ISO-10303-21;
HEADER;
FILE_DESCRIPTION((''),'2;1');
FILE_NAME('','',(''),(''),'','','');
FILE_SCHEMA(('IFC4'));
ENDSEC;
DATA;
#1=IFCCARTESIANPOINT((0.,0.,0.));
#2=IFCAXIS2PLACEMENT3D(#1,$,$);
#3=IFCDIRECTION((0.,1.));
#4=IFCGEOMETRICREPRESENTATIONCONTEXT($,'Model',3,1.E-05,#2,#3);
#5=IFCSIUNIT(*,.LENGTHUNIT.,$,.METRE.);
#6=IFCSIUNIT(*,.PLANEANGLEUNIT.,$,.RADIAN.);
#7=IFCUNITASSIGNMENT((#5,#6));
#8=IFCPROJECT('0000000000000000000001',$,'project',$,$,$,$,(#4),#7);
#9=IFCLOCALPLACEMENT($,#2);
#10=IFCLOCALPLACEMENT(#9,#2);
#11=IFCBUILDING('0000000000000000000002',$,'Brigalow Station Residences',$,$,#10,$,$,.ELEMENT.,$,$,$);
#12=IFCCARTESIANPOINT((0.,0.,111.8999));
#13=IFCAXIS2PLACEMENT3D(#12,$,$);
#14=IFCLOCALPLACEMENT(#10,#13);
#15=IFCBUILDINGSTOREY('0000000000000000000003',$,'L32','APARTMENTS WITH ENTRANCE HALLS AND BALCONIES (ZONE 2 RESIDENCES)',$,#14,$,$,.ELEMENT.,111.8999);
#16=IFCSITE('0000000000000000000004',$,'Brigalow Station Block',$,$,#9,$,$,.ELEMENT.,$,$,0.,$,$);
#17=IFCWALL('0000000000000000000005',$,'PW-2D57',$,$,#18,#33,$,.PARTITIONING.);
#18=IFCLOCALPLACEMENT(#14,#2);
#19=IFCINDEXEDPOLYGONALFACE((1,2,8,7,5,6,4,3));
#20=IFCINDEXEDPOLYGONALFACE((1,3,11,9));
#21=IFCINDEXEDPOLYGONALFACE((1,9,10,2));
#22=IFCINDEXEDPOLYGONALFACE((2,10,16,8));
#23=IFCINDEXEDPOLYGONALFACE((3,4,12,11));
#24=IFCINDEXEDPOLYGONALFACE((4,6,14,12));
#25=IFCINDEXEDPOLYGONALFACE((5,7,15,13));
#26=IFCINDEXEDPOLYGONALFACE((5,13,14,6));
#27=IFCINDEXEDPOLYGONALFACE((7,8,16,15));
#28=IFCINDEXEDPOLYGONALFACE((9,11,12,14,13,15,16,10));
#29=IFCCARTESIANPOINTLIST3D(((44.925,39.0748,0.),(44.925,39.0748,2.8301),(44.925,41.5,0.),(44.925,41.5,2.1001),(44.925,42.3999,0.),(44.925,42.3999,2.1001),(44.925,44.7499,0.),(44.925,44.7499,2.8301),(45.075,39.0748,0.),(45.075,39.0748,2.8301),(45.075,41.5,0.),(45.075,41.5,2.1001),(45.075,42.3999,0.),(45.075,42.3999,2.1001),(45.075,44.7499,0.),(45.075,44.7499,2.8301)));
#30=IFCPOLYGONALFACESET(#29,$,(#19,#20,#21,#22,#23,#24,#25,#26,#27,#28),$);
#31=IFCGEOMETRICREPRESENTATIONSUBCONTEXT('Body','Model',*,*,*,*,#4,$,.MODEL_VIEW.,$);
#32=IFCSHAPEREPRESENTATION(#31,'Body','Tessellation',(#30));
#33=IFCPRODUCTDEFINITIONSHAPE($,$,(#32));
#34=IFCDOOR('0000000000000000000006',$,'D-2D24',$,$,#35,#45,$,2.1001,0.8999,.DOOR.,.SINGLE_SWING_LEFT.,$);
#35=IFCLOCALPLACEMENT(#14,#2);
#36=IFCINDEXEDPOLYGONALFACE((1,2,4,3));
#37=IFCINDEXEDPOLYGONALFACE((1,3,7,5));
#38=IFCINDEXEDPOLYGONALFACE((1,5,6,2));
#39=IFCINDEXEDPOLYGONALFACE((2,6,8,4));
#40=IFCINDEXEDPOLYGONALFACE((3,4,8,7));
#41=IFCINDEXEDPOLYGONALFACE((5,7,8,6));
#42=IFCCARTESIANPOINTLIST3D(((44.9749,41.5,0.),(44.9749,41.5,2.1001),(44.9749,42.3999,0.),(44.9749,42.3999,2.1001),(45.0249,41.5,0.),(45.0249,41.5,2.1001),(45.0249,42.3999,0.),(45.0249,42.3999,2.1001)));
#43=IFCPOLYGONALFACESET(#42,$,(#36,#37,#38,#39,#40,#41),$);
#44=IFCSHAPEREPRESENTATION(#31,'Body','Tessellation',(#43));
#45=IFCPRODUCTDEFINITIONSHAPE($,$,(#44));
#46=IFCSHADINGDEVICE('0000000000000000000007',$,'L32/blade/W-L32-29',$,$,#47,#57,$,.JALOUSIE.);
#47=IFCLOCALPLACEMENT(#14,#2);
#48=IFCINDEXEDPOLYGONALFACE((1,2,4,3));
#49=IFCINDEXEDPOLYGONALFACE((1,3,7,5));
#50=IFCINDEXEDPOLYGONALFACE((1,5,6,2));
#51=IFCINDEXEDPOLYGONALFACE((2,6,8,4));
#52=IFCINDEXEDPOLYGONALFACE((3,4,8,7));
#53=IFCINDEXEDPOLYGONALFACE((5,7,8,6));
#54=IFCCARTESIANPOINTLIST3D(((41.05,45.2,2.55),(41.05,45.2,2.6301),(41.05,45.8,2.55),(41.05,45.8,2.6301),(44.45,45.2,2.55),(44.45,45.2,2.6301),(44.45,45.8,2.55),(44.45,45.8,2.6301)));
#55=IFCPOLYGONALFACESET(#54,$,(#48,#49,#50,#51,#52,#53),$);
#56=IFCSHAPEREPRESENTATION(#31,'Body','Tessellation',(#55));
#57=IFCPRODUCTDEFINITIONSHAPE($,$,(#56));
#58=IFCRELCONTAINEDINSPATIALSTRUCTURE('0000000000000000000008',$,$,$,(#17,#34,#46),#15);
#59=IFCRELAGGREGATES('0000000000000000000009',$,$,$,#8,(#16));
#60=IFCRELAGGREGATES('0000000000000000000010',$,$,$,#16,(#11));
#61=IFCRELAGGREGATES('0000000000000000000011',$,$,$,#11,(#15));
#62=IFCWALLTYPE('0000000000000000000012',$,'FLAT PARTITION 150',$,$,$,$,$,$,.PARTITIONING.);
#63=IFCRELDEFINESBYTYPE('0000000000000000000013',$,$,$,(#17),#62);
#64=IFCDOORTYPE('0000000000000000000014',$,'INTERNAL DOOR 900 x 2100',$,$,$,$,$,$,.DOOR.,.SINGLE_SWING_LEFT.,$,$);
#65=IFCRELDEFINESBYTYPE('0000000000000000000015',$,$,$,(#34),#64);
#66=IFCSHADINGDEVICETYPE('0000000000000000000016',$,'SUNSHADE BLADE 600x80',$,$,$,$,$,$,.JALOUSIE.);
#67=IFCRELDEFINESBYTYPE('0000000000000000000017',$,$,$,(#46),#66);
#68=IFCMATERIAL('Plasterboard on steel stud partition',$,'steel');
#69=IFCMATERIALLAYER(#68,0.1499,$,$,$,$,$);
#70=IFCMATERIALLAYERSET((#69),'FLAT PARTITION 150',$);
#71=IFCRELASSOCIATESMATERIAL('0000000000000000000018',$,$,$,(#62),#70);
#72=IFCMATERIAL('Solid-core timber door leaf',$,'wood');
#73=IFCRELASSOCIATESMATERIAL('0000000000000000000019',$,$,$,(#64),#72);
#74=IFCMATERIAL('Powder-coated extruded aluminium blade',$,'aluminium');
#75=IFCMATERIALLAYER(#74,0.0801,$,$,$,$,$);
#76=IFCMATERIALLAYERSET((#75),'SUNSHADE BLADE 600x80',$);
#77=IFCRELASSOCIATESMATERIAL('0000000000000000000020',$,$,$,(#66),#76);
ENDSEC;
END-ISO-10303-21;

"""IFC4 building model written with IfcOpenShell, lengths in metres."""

from ifc_helpers import new_model, si_unit, direction, frame, frame_2d, origin, origin_2d, place, context, subcontext, project, spatial, rectangle, extrude, material, layer, layer_set, type_object, element, fill, save


model = new_model("IFC4")

# Units and contexts
model_context = context("Model", 3, precision=1e-05, world=origin(), true_north=direction((0.0, 1.0)))
body_context = subcontext(model_context, "Body", "Model", "MODEL_VIEW")
ifc_project = project(units=[si_unit("LENGTHUNIT", "METRE"), si_unit("PLANEANGLEUNIT", "RADIAN")], contexts=[model_context])

# Site, building, storey
site_placement = place(None, origin())
site = spatial("IfcSite", under=ifc_project, at=site_placement, Name="Brigalow Station Block", CompositionType="ELEMENT", RefElevation=0.0)
building_placement = place(site_placement, origin())
building = spatial("IfcBuilding", under=site, at=building_placement, Name="Brigalow Station Residences", CompositionType="ELEMENT")
storey_placement = place(building_placement, frame((0.0, 0.0, 111.8999)))
storey = spatial("IfcBuildingStorey", under=building, at=storey_placement, Name="L32", Description="APARTMENTS WITH ENTRANCE HALLS AND BALCONIES (ZONE 2 RESIDENCES)", CompositionType="ELEMENT", Elevation=111.8999)

# Wall, opening, door
ifc_material_1 = material(Name="Plasterboard on steel stud partition", Category="steel")
ifc_layer_1 = layer(ifc_material_1, 0.1499)
ifc_layer_set_1 = layer_set([ifc_layer_1], Name="FLAT PARTITION 150")
wall_type_1 = type_object("IfcWallType", Name="FLAT PARTITION 150", PredefinedType="PARTITIONING", material=ifc_layer_set_1)
wall_1_placement = place(storey_placement, frame((45.0, 39.075, 0.0), z_axis=(0.0, 0.0, 1.0), x_axis=(0.0, 1.0, 0.0)))
wall_1 = element("IfcWall", 1, at=wall_1_placement, inside=storey, type_object=wall_type_1, Name="PW-2D57", PredefinedType="PARTITIONING", context=body_context, shape_type="SweptSolid", body=[
    extrude(rectangle(XDim=5.675, YDim=0.1499, at=frame_2d((2.8374, 0.0))), origin(), (0.0, 0.0, 1.0), 2.8301),
])
opening_1_placement = place(wall_1_placement, frame((2.425, 0.0, 0.0)))
opening_1 = element("IfcOpeningElement", 2, at=opening_1_placement, cuts=wall_1, PredefinedType="OPENING", context=body_context, shape_type="SweptSolid", body=[
    extrude(rectangle(XDim=0.8999, YDim=2.1001, at=frame_2d((0.45, 1.05))), frame((0.0, 0.085, 0.0), z_axis=(0.0, -1.0, 0.0), x_axis=(1.0, 0.0, 0.0)), (0.0, 0.0, 1.0), 0.1699),
])
ifc_material_2 = material(Name="Solid-core timber door leaf", Category="wood")
door_type = type_object("IfcDoorType", Name="INTERNAL DOOR 900 x 2100", OperationType="SINGLE_SWING_LEFT", PredefinedType="DOOR", material=ifc_material_2)
door_placement = place(opening_1_placement, frame((0.8999, 0.0, 0.0), z_axis=(0.0, 0.0, 1.0), x_axis=(-1.0, 0.0, 0.0)))
door = element("IfcDoor", 3, at=door_placement, inside=storey, type_object=door_type, Name="D-2D24", OperationType="SINGLE_SWING_LEFT", OverallHeight=2.1001, OverallWidth=0.8999, PredefinedType="DOOR", context=body_context, shape_type="SweptSolid", body=[
    extrude(rectangle(XDim=0.8999, YDim=2.1001, at=frame_2d((0.45, 1.05))), frame((0.0, 0.0249, 0.0), z_axis=(0.0, -1.0, 0.0), x_axis=(1.0, 0.0, 0.0)), (0.0, 0.0, 1.0), 0.05),
])
fill(opening_1, door)

# Shading device
ifc_material_3 = material(Name="Powder-coated extruded aluminium blade", Category="aluminium")
ifc_layer_2 = layer(ifc_material_3, 0.0801)
ifc_layer_set_2 = layer_set([ifc_layer_2], Name="SUNSHADE BLADE 600x80")
shading_device_type = type_object("IfcShadingDeviceType", Name="SUNSHADE BLADE 600x80", PredefinedType="JALOUSIE", material=ifc_layer_set_2)
shading_device_placement = place(storey_placement, frame((42.75, 45.5, 2.55), z_axis=(0.0, 0.0, 1.0), x_axis=(-1.0, 0.0, 0.0)))
element("IfcShadingDevice", 4, at=shading_device_placement, inside=storey, type_object=shading_device_type, Name="L32/blade/W-L32-29", PredefinedType="JALOUSIE", context=body_context, shape_type="SweptSolid", body=[
    extrude(rectangle(XDim=3.3999, YDim=0.6001, at=origin_2d()), origin(), (0.0, 0.0, 1.0), 0.0801),
])

save(model, "model.ifc")
